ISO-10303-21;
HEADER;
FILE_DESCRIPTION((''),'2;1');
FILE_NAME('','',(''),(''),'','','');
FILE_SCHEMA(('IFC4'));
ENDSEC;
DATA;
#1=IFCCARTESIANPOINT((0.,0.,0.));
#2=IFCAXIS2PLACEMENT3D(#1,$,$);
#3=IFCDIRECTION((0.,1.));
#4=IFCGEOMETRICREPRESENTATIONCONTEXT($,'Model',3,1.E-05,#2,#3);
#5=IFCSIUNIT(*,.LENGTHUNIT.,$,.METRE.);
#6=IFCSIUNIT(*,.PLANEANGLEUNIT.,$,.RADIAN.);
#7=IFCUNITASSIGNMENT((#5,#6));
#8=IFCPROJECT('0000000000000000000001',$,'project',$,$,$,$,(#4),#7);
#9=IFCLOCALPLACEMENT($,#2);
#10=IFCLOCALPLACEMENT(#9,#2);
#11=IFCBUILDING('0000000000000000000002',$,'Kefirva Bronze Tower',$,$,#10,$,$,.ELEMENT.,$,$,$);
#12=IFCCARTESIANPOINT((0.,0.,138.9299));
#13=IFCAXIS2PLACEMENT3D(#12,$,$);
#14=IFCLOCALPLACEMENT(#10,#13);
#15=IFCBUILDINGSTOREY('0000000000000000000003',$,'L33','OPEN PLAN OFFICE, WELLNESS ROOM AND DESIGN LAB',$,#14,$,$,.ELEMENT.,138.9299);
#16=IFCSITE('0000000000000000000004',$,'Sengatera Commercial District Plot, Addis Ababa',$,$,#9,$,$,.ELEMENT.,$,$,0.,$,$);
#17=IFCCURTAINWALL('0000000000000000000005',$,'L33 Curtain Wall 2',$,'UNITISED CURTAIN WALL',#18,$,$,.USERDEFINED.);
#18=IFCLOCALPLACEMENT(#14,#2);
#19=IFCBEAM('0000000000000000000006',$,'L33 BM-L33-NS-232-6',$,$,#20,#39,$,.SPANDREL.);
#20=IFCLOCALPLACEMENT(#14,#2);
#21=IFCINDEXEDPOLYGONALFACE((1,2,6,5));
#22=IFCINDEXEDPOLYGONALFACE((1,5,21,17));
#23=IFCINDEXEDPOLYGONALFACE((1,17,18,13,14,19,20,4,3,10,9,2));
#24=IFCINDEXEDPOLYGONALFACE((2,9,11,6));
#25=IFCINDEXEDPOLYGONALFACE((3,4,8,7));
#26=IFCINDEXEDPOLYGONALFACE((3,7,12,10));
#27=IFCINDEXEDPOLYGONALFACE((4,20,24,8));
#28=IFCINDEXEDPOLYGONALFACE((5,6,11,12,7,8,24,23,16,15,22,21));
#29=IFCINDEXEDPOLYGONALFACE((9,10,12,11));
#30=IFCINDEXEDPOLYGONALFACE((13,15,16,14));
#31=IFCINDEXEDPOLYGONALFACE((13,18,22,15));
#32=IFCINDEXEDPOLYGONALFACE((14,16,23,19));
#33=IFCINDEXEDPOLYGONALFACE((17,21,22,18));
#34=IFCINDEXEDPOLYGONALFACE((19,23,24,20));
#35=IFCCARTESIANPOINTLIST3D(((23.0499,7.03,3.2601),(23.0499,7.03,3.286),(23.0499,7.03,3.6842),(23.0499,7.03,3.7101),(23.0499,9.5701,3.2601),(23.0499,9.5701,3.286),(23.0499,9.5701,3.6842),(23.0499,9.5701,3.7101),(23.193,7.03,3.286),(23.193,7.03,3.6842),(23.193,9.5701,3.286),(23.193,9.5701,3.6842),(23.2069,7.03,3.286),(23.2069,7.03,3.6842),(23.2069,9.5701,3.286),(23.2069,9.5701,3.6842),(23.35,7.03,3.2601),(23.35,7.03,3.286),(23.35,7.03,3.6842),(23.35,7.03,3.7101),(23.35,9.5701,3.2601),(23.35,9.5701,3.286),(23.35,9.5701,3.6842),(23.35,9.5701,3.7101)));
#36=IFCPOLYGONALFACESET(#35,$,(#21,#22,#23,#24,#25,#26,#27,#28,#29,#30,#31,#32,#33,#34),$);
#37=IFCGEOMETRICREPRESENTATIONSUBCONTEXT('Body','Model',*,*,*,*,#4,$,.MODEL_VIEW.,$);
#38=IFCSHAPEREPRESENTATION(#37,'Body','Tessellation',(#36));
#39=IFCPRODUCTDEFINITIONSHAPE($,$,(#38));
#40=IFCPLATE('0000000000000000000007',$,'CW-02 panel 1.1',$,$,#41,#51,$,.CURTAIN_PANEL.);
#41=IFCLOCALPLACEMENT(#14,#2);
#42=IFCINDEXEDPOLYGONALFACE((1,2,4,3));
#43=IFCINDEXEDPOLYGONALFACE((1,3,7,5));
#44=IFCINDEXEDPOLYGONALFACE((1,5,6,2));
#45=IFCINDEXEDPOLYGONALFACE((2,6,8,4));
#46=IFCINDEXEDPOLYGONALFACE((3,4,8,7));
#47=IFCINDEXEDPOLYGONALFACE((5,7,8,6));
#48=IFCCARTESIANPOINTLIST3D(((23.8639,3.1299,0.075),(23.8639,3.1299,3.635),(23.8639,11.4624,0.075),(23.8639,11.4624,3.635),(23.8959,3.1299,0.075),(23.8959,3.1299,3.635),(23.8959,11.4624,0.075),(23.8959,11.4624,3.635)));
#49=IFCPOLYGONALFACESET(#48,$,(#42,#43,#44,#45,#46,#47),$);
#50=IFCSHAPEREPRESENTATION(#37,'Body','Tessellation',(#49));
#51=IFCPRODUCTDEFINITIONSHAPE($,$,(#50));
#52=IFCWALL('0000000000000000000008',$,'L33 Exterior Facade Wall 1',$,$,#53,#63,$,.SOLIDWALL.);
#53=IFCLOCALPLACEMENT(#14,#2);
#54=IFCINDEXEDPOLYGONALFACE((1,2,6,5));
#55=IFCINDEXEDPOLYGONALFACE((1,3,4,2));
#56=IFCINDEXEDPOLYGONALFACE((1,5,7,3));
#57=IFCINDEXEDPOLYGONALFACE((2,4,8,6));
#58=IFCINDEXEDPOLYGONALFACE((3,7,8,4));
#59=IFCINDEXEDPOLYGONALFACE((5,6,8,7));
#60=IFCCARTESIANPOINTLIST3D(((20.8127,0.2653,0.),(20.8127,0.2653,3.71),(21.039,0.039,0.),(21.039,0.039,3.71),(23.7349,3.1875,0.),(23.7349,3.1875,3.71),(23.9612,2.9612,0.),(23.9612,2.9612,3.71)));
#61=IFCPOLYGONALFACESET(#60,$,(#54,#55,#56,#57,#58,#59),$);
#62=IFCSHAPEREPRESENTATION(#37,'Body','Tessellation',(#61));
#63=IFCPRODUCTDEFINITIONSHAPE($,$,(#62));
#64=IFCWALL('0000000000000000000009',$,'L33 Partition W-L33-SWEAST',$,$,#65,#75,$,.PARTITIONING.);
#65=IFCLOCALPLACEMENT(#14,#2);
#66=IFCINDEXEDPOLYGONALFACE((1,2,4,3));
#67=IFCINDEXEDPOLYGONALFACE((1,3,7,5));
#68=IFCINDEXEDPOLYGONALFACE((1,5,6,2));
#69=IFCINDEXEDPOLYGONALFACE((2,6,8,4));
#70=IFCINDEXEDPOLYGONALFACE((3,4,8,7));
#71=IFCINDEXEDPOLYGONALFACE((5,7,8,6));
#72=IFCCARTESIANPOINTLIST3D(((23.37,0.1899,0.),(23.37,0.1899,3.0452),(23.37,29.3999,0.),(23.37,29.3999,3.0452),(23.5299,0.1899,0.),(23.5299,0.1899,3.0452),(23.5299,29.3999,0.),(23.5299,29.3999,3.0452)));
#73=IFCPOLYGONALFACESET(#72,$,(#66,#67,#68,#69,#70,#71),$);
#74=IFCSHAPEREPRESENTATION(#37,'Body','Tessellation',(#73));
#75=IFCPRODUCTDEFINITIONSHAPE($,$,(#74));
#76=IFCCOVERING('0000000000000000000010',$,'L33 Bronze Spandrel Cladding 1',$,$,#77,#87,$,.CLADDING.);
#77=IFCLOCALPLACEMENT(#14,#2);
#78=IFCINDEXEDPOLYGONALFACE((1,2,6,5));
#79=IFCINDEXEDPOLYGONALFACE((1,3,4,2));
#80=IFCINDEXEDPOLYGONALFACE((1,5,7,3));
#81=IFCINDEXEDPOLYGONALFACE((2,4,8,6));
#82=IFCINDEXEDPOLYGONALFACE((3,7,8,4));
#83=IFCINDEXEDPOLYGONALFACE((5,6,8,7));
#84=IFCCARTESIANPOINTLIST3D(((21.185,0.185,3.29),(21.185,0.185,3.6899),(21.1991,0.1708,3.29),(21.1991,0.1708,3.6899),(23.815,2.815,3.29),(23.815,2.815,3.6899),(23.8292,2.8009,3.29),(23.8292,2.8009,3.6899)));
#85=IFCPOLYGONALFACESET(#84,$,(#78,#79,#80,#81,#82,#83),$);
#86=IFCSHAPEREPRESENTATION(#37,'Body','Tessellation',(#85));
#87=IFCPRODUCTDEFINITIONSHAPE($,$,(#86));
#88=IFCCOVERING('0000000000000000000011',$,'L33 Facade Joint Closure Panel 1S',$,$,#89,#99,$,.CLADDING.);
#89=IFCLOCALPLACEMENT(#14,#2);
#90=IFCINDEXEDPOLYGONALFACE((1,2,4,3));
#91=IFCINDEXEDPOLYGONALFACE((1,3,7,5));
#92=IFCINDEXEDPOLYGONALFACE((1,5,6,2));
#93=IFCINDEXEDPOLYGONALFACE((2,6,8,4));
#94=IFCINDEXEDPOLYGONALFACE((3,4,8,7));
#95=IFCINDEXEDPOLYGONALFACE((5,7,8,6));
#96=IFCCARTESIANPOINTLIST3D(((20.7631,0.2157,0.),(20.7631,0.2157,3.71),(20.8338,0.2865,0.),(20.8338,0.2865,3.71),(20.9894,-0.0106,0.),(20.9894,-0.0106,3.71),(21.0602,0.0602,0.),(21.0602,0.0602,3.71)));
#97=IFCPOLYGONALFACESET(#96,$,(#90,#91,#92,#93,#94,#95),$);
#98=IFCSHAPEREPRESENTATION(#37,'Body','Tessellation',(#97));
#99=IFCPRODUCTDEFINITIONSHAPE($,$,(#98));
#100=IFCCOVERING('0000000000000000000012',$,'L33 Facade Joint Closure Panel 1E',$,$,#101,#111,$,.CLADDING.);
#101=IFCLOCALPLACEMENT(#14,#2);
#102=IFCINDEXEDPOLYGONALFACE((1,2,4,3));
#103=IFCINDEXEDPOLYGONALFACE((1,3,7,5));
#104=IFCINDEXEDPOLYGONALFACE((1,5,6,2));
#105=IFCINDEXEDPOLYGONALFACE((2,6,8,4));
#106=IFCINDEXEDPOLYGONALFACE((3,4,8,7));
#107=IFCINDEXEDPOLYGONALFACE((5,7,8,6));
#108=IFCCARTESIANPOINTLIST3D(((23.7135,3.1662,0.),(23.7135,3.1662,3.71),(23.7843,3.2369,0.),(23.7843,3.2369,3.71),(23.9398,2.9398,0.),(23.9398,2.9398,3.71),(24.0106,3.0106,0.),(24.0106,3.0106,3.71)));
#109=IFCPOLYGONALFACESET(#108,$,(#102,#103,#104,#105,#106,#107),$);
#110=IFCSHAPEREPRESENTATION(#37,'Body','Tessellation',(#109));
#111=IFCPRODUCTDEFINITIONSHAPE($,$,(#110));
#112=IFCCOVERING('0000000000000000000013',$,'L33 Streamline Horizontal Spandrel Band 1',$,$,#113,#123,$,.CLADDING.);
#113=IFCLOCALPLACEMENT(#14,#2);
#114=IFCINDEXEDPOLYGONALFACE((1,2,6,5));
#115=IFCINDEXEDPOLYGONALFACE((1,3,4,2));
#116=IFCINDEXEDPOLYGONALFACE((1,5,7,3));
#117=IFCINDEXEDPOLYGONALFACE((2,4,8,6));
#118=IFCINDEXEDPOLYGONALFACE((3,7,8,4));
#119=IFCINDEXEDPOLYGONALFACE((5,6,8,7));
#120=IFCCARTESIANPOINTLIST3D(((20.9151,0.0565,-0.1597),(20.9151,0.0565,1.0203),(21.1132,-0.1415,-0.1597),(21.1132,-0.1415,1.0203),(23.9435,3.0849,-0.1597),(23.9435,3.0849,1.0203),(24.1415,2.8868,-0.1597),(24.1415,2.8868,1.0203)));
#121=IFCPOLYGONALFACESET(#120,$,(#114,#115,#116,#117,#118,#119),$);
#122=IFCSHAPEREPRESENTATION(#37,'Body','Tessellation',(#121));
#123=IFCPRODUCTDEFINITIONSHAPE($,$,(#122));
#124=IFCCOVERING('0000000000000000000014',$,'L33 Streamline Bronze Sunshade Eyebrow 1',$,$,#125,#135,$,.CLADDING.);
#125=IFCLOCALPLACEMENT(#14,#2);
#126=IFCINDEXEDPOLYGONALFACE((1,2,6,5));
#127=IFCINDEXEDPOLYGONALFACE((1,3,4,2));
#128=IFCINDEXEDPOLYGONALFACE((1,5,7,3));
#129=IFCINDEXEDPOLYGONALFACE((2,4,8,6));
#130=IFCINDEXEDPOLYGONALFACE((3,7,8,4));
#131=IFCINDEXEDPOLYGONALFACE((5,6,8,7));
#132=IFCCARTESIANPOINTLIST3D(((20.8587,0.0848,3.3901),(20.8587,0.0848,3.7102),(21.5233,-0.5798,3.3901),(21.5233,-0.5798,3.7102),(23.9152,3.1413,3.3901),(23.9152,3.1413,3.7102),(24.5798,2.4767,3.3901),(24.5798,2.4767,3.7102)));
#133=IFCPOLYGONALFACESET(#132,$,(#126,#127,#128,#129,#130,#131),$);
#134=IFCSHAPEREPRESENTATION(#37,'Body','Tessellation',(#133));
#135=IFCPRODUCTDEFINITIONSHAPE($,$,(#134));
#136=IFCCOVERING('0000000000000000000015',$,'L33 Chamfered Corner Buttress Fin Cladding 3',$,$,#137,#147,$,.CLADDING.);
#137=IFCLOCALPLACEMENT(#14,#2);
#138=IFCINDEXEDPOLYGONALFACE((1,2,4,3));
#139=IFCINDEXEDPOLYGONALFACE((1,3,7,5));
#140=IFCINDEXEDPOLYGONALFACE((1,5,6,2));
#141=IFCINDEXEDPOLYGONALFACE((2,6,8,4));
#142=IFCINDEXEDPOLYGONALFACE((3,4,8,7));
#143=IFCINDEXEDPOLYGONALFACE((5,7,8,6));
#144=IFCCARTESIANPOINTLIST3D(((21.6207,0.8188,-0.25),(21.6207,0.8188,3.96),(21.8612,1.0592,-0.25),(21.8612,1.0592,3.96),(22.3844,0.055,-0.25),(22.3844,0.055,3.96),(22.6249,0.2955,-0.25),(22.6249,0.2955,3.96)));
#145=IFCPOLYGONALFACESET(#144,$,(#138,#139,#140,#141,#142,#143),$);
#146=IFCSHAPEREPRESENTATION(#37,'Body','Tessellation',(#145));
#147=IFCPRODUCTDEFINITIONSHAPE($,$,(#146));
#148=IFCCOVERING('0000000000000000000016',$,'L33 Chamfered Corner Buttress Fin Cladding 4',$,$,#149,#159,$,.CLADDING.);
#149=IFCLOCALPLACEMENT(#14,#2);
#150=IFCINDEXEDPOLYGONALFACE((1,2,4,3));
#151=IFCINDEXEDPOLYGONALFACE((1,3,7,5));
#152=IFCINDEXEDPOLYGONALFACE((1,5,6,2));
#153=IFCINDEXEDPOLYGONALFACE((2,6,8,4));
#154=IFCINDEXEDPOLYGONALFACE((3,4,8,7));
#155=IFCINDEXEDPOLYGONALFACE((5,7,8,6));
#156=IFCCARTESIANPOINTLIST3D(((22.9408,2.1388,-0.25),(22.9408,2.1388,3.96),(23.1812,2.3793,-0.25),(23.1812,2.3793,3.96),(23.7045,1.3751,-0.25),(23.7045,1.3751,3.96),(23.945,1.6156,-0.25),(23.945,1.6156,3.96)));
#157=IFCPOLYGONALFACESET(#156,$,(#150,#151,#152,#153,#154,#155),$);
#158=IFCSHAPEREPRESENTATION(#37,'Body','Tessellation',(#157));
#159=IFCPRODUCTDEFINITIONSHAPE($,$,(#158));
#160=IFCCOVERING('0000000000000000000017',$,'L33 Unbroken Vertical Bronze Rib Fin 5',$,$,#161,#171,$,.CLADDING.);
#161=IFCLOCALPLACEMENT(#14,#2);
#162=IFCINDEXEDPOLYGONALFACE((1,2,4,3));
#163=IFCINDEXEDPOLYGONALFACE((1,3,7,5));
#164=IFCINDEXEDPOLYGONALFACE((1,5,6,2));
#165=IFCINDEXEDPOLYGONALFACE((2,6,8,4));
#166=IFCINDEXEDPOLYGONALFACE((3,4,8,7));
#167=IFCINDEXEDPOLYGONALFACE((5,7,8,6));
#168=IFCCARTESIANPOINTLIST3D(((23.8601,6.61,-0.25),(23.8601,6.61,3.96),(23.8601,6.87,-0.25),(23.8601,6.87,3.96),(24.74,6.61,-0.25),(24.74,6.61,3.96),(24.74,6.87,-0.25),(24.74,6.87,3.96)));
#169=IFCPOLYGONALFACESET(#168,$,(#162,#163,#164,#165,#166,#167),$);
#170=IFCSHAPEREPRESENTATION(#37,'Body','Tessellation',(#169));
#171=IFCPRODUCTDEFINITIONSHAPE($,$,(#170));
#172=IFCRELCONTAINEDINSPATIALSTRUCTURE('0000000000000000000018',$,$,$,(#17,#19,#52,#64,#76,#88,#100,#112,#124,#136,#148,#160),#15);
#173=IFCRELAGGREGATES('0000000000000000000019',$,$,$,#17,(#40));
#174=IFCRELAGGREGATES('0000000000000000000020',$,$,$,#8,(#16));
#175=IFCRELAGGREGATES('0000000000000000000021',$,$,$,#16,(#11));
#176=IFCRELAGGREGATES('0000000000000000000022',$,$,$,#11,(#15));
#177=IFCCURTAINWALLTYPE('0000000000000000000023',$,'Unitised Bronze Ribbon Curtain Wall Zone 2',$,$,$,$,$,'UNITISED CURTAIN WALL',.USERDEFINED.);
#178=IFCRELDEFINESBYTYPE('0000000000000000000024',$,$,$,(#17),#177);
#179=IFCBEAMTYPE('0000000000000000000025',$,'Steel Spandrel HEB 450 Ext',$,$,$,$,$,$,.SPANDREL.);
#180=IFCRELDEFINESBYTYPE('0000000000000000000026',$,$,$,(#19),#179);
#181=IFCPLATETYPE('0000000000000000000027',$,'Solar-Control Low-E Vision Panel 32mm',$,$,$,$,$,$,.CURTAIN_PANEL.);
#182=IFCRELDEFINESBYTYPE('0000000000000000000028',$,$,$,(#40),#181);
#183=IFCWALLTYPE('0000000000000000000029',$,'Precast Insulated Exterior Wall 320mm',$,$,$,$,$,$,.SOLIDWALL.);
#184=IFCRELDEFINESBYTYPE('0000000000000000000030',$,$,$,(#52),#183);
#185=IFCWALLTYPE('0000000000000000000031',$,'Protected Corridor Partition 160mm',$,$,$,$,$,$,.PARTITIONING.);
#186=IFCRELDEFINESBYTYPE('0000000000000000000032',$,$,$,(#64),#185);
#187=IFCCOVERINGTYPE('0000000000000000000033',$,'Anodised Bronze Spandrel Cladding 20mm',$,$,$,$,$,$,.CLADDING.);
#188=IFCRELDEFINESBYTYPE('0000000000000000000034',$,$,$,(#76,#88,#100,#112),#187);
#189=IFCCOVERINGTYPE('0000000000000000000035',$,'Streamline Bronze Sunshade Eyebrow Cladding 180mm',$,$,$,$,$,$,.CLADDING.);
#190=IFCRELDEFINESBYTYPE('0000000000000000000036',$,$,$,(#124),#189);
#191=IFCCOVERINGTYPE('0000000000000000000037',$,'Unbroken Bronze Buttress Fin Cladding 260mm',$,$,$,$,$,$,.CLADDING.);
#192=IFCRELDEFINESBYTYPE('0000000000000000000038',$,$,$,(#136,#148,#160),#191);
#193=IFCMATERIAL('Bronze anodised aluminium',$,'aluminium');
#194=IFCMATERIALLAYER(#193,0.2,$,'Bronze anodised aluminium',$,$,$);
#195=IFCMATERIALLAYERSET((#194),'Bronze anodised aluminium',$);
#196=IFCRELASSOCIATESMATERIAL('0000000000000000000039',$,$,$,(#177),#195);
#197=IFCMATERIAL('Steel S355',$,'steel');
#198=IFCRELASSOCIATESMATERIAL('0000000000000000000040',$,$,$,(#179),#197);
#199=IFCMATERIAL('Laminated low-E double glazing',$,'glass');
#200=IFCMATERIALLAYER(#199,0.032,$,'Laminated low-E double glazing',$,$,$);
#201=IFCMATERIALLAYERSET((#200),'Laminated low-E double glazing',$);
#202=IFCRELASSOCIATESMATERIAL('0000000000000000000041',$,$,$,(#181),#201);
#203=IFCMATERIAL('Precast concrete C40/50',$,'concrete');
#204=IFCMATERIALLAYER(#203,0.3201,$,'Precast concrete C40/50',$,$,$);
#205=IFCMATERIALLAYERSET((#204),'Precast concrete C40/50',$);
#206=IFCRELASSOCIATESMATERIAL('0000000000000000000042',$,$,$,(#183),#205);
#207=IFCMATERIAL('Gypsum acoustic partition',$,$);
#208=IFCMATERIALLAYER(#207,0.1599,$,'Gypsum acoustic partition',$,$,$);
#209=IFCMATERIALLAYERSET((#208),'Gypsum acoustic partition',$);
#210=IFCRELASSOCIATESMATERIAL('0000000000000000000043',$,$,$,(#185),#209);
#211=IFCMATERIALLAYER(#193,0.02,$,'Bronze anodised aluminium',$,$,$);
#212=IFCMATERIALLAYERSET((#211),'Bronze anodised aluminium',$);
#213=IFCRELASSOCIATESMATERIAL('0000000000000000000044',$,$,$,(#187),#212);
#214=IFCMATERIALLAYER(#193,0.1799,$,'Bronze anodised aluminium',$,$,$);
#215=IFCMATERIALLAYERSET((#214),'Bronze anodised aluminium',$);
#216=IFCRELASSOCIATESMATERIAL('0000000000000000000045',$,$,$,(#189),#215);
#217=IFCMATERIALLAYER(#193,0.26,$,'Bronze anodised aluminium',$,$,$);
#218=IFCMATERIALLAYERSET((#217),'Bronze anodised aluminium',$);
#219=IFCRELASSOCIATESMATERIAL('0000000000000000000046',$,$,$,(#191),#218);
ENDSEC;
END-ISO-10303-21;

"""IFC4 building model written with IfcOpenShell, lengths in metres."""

from ifc_helpers import new_model, si_unit, direction, frame, frame_2d, origin, origin_2d, place, context, subcontext, project, spatial, rectangle, i_section, extrude, material, layer, layer_set, material_profile, profile_set, type_object, element, aggregate, save


model = new_model("IFC4")

# Units and contexts
model_context = context("Model", 3, precision=1e-05, world=origin(), true_north=direction((0.0, 1.0)))
body_context = subcontext(model_context, "Body", "Model", "MODEL_VIEW")
ifc_project = project(units=[si_unit("LENGTHUNIT", "METRE"), si_unit("PLANEANGLEUNIT", "RADIAN")], contexts=[model_context])

# Site, building, storey
site_placement = place(None, origin())
site = spatial("IfcSite", under=ifc_project, at=site_placement, Name="Sengatera Commercial District Plot, Addis Ababa", CompositionType="ELEMENT", RefElevation=0.0)
building_placement = place(site_placement, origin())
building = spatial("IfcBuilding", under=site, at=building_placement, Name="Kefirva Bronze Tower", CompositionType="ELEMENT")
storey_placement = place(building_placement, frame((0.0, 0.0, 138.9299)))
storey = spatial("IfcBuildingStorey", under=building, at=storey_placement, Name="L33", Description="OPEN PLAN OFFICE, WELLNESS ROOM AND DESIGN LAB", CompositionType="ELEMENT", Elevation=138.9299)

# Shared definitions
ifc_material_1 = material(Name="Bronze anodised aluminium", Category="aluminium")
ifc_layer_1 = layer(ifc_material_1, 0.2, Name="Bronze anodised aluminium")
ifc_layer_set_1 = layer_set([ifc_layer_1], Name="Bronze anodised aluminium")
curtain_wall_type = type_object("IfcCurtainWallType", Name="Unitised Bronze Ribbon Curtain Wall Zone 2", ElementType="UNITISED CURTAIN WALL", PredefinedType="USERDEFINED", material=ifc_layer_set_1)

# Curtain wall
curtain_wall_1_placement = place(storey_placement, origin())
curtain_wall_1 = element("IfcCurtainWall", 1, at=curtain_wall_1_placement, inside=storey, type_object=curtain_wall_type, Name="L33 Curtain Wall 2", ObjectType="UNITISED CURTAIN WALL", PredefinedType="USERDEFINED")

# Beam
ifc_material_2 = material(Name="Steel S355", Category="steel")
ifc_material_profile_1 = material_profile(ifc_material_2, i_section(OverallWidth=0.3, OverallDepth=0.45, WebThickness=0.0139, FlangeThickness=0.0259, at=origin_2d()), Name="HEB 450")
ifc_profile_set_1 = profile_set([ifc_material_profile_1], Name="Steel S355")
beam_type_1 = type_object("IfcBeamType", Name="Steel Spandrel HEB 450 Ext", PredefinedType="SPANDREL", material=ifc_profile_set_1)
beam_1_placement = place(storey_placement, frame((23.2, 7.03, 3.4851), z_axis=(0.0, 1.0, 0.0), x_axis=(-1.0, 0.0, 0.0)))
element("IfcBeam", 2, at=beam_1_placement, inside=storey, type_object=beam_type_1, Name="L33 BM-L33-NS-232-6", PredefinedType="SPANDREL", context=body_context, shape_type="SweptSolid", body=[
    extrude(i_section(OverallWidth=0.3, OverallDepth=0.45, WebThickness=0.0139, FlangeThickness=0.0259, at=origin_2d()), origin(), (0.0, 0.0, 1.0), 2.54),
])

# Plate
ifc_material_3 = material(Name="Laminated low-E double glazing", Category="glass")
ifc_layer_2 = layer(ifc_material_3, 0.032, Name="Laminated low-E double glazing")
ifc_layer_set_2 = layer_set([ifc_layer_2], Name="Laminated low-E double glazing")
plate_type = type_object("IfcPlateType", Name="Solar-Control Low-E Vision Panel 32mm", PredefinedType="CURTAIN_PANEL", material=ifc_layer_set_2)
plate_placement = place(storey_placement, frame((23.8799, 7.2961, 0.075), z_axis=(0.0, 0.0, 1.0), x_axis=(0.0, 1.0, 0.0)))
plate = element("IfcPlate", 3, at=plate_placement, type_object=plate_type, Name="CW-02 panel 1.1", PredefinedType="CURTAIN_PANEL", context=body_context, shape_type="SweptSolid", body=[
    extrude(rectangle(XDim=8.3325, YDim=0.032, at=origin_2d()), origin(), (0.0, 0.0, 1.0), 3.5601),
])
aggregate(curtain_wall_1, [plate])

# Walls
ifc_material_4 = material(Name="Precast concrete C40/50", Category="concrete")
ifc_layer_3 = layer(ifc_material_4, 0.3201, Name="Precast concrete C40/50")
ifc_layer_set_3 = layer_set([ifc_layer_3], Name="Precast concrete C40/50")
wall_type_1 = type_object("IfcWallType", Name="Precast Insulated Exterior Wall 320mm", PredefinedType="SOLIDWALL", material=ifc_layer_set_3)
wall_1_placement = place(storey_placement, frame((20.9258, 0.1521, 0.0), z_axis=(0.0, 0.0, 1.0), x_axis=(0.707107, 0.707107, 0.0)))
element("IfcWall", 4, at=wall_1_placement, inside=storey, type_object=wall_type_1, Name="L33 Exterior Facade Wall 1", PredefinedType="SOLIDWALL", context=body_context, shape_type="SweptSolid", body=[
    extrude(rectangle(XDim=4.1326, YDim=0.3201, at=frame_2d((2.0664, 0.0))), origin(), (0.0, 0.0, 1.0), 3.71),
])
ifc_material_5 = material(Name="Gypsum acoustic partition")
ifc_layer_4 = layer(ifc_material_5, 0.1599, Name="Gypsum acoustic partition")
ifc_layer_set_4 = layer_set([ifc_layer_4], Name="Gypsum acoustic partition")
wall_type_2 = type_object("IfcWallType", Name="Protected Corridor Partition 160mm", PredefinedType="PARTITIONING", material=ifc_layer_set_4)
wall_2_placement = place(storey_placement, frame((23.45, 0.1899, 0.0), z_axis=(0.0, 0.0, 1.0), x_axis=(0.0, 1.0, 0.0)))
element("IfcWall", 5, at=wall_2_placement, inside=storey, type_object=wall_type_2, Name="L33 Partition W-L33-SWEAST", PredefinedType="PARTITIONING", context=body_context, shape_type="SweptSolid", body=[
    extrude(rectangle(XDim=29.21, YDim=0.1599, at=frame_2d((14.605, 0.0))), origin(), (0.0, 0.0, 1.0), 3.0452),
])

# Coverings
ifc_layer_5 = layer(ifc_material_1, 0.02, Name="Bronze anodised aluminium")
ifc_layer_set_5 = layer_set([ifc_layer_5], Name="Bronze anodised aluminium")
covering_type_1 = type_object("IfcCoveringType", Name="Anodised Bronze Spandrel Cladding 20mm", PredefinedType="CLADDING", material=ifc_layer_set_5)
covering_1_placement = place(storey_placement, frame((22.5071, 1.4929, 3.29), z_axis=(0.0, 0.0, 1.0), x_axis=(0.707107, 0.707107, 0.0)))
element("IfcCovering", 6, at=covering_1_placement, inside=storey, type_object=covering_type_1, Name="L33 Bronze Spandrel Cladding 1", PredefinedType="CLADDING", context=body_context, shape_type="SweptSolid", body=[
    extrude(rectangle(XDim=3.7195, YDim=0.02, at=origin_2d()), origin(), (0.0, 0.0, 1.0), 0.3999),
])
for number, where, z_axis, x_axis, name in (
    (7, (20.9116, 0.1379, 0.0), (0.0, 0.0, 1.0), (0.707107, 0.707107, 0.0), "L33 Facade Joint Closure Panel 1S"),
    (8, (23.8621, 3.0884, 0.0), (0.0, 0.0, 1.0), (0.707107, 0.707107, 0.0), "L33 Facade Joint Closure Panel 1E"),
):
    element("IfcCovering", number, at=place(storey_placement, frame(where, z_axis=z_axis, x_axis=x_axis)), inside=storey, type_object=covering_type_1, Name=name, PredefinedType="CLADDING", context=body_context, shape_type="SweptSolid", body=[
        extrude(rectangle(XDim=0.1001, YDim=0.3201, at=origin_2d()), origin(), (0.0, 0.0, 1.0), 3.71),
    ])
covering_2_placement = place(storey_placement, frame((22.5283, 1.4717, -0.1597), z_axis=(0.0, 0.0, 1.0), x_axis=(0.707107, 0.707107, 0.0)))
element("IfcCovering", 9, at=covering_2_placement, inside=storey, type_object=covering_type_1, Name="L33 Streamline Horizontal Spandrel Band 1", PredefinedType="CLADDING", context=body_context, shape_type="SweptSolid", body=[
    extrude(rectangle(XDim=4.2827, YDim=0.28, at=origin_2d()), origin(), (0.0, 0.0, 1.0), 1.1799),
])
ifc_layer_6 = layer(ifc_material_1, 0.1799, Name="Bronze anodised aluminium")
ifc_layer_set_6 = layer_set([ifc_layer_6], Name="Bronze anodised aluminium")
covering_type_2 = type_object("IfcCoveringType", Name="Streamline Bronze Sunshade Eyebrow Cladding 180mm", PredefinedType="CLADDING", material=ifc_layer_set_6)
covering_3_placement = place(storey_placement, frame((22.7192, 1.2808, 3.3901), z_axis=(0.0, 0.0, 1.0), x_axis=(0.707107, 0.707107, 0.0)))
element("IfcCovering", 10, at=covering_3_placement, inside=storey, type_object=covering_type_2, Name="L33 Streamline Bronze Sunshade Eyebrow 1", PredefinedType="CLADDING", context=body_context, shape_type="SweptSolid", body=[
    extrude(rectangle(XDim=4.3225, YDim=0.9399, at=origin_2d()), origin(), (0.0, 0.0, 1.0), 0.3201),
])
ifc_layer_7 = layer(ifc_material_1, 0.26, Name="Bronze anodised aluminium")
ifc_layer_set_7 = layer_set([ifc_layer_7], Name="Bronze anodised aluminium")
covering_type_3 = type_object("IfcCoveringType", Name="Unbroken Bronze Buttress Fin Cladding 260mm", PredefinedType="CLADDING", material=ifc_layer_set_7)
for number, where, z_axis, x_axis, name in (
    (11, (22.1228, 0.5571, -0.25), (0.0, 0.0, 1.0), (0.707107, 0.707107, 0.0), "L33 Chamfered Corner Buttress Fin Cladding 3"),
    (12, (23.4429, 1.8772, -0.25), (0.0, 0.0, 1.0), (0.707107, 0.707107, 0.0), "L33 Chamfered Corner Buttress Fin Cladding 4"),
):
    element("IfcCovering", number, at=place(storey_placement, frame(where, z_axis=z_axis, x_axis=x_axis)), inside=storey, type_object=covering_type_3, Name=name, PredefinedType="CLADDING", context=body_context, shape_type="SweptSolid", body=[
        extrude(rectangle(XDim=0.3401, YDim=1.0801, at=origin_2d()), origin(), (0.0, 0.0, 1.0), 4.21),
    ])
covering_4_placement = place(storey_placement, frame((24.3, 6.74, -0.25), z_axis=(0.0, 0.0, 1.0), x_axis=(0.0, 1.0, 0.0)))
element("IfcCovering", 13, at=covering_4_placement, inside=storey, type_object=covering_type_3, Name="L33 Unbroken Vertical Bronze Rib Fin 5", PredefinedType="CLADDING", context=body_context, shape_type="SweptSolid", body=[
    extrude(rectangle(XDim=0.26, YDim=0.8799, at=origin_2d()), origin(), (0.0, 0.0, 1.0), 4.21),
])

save(model, "model.ifc")
